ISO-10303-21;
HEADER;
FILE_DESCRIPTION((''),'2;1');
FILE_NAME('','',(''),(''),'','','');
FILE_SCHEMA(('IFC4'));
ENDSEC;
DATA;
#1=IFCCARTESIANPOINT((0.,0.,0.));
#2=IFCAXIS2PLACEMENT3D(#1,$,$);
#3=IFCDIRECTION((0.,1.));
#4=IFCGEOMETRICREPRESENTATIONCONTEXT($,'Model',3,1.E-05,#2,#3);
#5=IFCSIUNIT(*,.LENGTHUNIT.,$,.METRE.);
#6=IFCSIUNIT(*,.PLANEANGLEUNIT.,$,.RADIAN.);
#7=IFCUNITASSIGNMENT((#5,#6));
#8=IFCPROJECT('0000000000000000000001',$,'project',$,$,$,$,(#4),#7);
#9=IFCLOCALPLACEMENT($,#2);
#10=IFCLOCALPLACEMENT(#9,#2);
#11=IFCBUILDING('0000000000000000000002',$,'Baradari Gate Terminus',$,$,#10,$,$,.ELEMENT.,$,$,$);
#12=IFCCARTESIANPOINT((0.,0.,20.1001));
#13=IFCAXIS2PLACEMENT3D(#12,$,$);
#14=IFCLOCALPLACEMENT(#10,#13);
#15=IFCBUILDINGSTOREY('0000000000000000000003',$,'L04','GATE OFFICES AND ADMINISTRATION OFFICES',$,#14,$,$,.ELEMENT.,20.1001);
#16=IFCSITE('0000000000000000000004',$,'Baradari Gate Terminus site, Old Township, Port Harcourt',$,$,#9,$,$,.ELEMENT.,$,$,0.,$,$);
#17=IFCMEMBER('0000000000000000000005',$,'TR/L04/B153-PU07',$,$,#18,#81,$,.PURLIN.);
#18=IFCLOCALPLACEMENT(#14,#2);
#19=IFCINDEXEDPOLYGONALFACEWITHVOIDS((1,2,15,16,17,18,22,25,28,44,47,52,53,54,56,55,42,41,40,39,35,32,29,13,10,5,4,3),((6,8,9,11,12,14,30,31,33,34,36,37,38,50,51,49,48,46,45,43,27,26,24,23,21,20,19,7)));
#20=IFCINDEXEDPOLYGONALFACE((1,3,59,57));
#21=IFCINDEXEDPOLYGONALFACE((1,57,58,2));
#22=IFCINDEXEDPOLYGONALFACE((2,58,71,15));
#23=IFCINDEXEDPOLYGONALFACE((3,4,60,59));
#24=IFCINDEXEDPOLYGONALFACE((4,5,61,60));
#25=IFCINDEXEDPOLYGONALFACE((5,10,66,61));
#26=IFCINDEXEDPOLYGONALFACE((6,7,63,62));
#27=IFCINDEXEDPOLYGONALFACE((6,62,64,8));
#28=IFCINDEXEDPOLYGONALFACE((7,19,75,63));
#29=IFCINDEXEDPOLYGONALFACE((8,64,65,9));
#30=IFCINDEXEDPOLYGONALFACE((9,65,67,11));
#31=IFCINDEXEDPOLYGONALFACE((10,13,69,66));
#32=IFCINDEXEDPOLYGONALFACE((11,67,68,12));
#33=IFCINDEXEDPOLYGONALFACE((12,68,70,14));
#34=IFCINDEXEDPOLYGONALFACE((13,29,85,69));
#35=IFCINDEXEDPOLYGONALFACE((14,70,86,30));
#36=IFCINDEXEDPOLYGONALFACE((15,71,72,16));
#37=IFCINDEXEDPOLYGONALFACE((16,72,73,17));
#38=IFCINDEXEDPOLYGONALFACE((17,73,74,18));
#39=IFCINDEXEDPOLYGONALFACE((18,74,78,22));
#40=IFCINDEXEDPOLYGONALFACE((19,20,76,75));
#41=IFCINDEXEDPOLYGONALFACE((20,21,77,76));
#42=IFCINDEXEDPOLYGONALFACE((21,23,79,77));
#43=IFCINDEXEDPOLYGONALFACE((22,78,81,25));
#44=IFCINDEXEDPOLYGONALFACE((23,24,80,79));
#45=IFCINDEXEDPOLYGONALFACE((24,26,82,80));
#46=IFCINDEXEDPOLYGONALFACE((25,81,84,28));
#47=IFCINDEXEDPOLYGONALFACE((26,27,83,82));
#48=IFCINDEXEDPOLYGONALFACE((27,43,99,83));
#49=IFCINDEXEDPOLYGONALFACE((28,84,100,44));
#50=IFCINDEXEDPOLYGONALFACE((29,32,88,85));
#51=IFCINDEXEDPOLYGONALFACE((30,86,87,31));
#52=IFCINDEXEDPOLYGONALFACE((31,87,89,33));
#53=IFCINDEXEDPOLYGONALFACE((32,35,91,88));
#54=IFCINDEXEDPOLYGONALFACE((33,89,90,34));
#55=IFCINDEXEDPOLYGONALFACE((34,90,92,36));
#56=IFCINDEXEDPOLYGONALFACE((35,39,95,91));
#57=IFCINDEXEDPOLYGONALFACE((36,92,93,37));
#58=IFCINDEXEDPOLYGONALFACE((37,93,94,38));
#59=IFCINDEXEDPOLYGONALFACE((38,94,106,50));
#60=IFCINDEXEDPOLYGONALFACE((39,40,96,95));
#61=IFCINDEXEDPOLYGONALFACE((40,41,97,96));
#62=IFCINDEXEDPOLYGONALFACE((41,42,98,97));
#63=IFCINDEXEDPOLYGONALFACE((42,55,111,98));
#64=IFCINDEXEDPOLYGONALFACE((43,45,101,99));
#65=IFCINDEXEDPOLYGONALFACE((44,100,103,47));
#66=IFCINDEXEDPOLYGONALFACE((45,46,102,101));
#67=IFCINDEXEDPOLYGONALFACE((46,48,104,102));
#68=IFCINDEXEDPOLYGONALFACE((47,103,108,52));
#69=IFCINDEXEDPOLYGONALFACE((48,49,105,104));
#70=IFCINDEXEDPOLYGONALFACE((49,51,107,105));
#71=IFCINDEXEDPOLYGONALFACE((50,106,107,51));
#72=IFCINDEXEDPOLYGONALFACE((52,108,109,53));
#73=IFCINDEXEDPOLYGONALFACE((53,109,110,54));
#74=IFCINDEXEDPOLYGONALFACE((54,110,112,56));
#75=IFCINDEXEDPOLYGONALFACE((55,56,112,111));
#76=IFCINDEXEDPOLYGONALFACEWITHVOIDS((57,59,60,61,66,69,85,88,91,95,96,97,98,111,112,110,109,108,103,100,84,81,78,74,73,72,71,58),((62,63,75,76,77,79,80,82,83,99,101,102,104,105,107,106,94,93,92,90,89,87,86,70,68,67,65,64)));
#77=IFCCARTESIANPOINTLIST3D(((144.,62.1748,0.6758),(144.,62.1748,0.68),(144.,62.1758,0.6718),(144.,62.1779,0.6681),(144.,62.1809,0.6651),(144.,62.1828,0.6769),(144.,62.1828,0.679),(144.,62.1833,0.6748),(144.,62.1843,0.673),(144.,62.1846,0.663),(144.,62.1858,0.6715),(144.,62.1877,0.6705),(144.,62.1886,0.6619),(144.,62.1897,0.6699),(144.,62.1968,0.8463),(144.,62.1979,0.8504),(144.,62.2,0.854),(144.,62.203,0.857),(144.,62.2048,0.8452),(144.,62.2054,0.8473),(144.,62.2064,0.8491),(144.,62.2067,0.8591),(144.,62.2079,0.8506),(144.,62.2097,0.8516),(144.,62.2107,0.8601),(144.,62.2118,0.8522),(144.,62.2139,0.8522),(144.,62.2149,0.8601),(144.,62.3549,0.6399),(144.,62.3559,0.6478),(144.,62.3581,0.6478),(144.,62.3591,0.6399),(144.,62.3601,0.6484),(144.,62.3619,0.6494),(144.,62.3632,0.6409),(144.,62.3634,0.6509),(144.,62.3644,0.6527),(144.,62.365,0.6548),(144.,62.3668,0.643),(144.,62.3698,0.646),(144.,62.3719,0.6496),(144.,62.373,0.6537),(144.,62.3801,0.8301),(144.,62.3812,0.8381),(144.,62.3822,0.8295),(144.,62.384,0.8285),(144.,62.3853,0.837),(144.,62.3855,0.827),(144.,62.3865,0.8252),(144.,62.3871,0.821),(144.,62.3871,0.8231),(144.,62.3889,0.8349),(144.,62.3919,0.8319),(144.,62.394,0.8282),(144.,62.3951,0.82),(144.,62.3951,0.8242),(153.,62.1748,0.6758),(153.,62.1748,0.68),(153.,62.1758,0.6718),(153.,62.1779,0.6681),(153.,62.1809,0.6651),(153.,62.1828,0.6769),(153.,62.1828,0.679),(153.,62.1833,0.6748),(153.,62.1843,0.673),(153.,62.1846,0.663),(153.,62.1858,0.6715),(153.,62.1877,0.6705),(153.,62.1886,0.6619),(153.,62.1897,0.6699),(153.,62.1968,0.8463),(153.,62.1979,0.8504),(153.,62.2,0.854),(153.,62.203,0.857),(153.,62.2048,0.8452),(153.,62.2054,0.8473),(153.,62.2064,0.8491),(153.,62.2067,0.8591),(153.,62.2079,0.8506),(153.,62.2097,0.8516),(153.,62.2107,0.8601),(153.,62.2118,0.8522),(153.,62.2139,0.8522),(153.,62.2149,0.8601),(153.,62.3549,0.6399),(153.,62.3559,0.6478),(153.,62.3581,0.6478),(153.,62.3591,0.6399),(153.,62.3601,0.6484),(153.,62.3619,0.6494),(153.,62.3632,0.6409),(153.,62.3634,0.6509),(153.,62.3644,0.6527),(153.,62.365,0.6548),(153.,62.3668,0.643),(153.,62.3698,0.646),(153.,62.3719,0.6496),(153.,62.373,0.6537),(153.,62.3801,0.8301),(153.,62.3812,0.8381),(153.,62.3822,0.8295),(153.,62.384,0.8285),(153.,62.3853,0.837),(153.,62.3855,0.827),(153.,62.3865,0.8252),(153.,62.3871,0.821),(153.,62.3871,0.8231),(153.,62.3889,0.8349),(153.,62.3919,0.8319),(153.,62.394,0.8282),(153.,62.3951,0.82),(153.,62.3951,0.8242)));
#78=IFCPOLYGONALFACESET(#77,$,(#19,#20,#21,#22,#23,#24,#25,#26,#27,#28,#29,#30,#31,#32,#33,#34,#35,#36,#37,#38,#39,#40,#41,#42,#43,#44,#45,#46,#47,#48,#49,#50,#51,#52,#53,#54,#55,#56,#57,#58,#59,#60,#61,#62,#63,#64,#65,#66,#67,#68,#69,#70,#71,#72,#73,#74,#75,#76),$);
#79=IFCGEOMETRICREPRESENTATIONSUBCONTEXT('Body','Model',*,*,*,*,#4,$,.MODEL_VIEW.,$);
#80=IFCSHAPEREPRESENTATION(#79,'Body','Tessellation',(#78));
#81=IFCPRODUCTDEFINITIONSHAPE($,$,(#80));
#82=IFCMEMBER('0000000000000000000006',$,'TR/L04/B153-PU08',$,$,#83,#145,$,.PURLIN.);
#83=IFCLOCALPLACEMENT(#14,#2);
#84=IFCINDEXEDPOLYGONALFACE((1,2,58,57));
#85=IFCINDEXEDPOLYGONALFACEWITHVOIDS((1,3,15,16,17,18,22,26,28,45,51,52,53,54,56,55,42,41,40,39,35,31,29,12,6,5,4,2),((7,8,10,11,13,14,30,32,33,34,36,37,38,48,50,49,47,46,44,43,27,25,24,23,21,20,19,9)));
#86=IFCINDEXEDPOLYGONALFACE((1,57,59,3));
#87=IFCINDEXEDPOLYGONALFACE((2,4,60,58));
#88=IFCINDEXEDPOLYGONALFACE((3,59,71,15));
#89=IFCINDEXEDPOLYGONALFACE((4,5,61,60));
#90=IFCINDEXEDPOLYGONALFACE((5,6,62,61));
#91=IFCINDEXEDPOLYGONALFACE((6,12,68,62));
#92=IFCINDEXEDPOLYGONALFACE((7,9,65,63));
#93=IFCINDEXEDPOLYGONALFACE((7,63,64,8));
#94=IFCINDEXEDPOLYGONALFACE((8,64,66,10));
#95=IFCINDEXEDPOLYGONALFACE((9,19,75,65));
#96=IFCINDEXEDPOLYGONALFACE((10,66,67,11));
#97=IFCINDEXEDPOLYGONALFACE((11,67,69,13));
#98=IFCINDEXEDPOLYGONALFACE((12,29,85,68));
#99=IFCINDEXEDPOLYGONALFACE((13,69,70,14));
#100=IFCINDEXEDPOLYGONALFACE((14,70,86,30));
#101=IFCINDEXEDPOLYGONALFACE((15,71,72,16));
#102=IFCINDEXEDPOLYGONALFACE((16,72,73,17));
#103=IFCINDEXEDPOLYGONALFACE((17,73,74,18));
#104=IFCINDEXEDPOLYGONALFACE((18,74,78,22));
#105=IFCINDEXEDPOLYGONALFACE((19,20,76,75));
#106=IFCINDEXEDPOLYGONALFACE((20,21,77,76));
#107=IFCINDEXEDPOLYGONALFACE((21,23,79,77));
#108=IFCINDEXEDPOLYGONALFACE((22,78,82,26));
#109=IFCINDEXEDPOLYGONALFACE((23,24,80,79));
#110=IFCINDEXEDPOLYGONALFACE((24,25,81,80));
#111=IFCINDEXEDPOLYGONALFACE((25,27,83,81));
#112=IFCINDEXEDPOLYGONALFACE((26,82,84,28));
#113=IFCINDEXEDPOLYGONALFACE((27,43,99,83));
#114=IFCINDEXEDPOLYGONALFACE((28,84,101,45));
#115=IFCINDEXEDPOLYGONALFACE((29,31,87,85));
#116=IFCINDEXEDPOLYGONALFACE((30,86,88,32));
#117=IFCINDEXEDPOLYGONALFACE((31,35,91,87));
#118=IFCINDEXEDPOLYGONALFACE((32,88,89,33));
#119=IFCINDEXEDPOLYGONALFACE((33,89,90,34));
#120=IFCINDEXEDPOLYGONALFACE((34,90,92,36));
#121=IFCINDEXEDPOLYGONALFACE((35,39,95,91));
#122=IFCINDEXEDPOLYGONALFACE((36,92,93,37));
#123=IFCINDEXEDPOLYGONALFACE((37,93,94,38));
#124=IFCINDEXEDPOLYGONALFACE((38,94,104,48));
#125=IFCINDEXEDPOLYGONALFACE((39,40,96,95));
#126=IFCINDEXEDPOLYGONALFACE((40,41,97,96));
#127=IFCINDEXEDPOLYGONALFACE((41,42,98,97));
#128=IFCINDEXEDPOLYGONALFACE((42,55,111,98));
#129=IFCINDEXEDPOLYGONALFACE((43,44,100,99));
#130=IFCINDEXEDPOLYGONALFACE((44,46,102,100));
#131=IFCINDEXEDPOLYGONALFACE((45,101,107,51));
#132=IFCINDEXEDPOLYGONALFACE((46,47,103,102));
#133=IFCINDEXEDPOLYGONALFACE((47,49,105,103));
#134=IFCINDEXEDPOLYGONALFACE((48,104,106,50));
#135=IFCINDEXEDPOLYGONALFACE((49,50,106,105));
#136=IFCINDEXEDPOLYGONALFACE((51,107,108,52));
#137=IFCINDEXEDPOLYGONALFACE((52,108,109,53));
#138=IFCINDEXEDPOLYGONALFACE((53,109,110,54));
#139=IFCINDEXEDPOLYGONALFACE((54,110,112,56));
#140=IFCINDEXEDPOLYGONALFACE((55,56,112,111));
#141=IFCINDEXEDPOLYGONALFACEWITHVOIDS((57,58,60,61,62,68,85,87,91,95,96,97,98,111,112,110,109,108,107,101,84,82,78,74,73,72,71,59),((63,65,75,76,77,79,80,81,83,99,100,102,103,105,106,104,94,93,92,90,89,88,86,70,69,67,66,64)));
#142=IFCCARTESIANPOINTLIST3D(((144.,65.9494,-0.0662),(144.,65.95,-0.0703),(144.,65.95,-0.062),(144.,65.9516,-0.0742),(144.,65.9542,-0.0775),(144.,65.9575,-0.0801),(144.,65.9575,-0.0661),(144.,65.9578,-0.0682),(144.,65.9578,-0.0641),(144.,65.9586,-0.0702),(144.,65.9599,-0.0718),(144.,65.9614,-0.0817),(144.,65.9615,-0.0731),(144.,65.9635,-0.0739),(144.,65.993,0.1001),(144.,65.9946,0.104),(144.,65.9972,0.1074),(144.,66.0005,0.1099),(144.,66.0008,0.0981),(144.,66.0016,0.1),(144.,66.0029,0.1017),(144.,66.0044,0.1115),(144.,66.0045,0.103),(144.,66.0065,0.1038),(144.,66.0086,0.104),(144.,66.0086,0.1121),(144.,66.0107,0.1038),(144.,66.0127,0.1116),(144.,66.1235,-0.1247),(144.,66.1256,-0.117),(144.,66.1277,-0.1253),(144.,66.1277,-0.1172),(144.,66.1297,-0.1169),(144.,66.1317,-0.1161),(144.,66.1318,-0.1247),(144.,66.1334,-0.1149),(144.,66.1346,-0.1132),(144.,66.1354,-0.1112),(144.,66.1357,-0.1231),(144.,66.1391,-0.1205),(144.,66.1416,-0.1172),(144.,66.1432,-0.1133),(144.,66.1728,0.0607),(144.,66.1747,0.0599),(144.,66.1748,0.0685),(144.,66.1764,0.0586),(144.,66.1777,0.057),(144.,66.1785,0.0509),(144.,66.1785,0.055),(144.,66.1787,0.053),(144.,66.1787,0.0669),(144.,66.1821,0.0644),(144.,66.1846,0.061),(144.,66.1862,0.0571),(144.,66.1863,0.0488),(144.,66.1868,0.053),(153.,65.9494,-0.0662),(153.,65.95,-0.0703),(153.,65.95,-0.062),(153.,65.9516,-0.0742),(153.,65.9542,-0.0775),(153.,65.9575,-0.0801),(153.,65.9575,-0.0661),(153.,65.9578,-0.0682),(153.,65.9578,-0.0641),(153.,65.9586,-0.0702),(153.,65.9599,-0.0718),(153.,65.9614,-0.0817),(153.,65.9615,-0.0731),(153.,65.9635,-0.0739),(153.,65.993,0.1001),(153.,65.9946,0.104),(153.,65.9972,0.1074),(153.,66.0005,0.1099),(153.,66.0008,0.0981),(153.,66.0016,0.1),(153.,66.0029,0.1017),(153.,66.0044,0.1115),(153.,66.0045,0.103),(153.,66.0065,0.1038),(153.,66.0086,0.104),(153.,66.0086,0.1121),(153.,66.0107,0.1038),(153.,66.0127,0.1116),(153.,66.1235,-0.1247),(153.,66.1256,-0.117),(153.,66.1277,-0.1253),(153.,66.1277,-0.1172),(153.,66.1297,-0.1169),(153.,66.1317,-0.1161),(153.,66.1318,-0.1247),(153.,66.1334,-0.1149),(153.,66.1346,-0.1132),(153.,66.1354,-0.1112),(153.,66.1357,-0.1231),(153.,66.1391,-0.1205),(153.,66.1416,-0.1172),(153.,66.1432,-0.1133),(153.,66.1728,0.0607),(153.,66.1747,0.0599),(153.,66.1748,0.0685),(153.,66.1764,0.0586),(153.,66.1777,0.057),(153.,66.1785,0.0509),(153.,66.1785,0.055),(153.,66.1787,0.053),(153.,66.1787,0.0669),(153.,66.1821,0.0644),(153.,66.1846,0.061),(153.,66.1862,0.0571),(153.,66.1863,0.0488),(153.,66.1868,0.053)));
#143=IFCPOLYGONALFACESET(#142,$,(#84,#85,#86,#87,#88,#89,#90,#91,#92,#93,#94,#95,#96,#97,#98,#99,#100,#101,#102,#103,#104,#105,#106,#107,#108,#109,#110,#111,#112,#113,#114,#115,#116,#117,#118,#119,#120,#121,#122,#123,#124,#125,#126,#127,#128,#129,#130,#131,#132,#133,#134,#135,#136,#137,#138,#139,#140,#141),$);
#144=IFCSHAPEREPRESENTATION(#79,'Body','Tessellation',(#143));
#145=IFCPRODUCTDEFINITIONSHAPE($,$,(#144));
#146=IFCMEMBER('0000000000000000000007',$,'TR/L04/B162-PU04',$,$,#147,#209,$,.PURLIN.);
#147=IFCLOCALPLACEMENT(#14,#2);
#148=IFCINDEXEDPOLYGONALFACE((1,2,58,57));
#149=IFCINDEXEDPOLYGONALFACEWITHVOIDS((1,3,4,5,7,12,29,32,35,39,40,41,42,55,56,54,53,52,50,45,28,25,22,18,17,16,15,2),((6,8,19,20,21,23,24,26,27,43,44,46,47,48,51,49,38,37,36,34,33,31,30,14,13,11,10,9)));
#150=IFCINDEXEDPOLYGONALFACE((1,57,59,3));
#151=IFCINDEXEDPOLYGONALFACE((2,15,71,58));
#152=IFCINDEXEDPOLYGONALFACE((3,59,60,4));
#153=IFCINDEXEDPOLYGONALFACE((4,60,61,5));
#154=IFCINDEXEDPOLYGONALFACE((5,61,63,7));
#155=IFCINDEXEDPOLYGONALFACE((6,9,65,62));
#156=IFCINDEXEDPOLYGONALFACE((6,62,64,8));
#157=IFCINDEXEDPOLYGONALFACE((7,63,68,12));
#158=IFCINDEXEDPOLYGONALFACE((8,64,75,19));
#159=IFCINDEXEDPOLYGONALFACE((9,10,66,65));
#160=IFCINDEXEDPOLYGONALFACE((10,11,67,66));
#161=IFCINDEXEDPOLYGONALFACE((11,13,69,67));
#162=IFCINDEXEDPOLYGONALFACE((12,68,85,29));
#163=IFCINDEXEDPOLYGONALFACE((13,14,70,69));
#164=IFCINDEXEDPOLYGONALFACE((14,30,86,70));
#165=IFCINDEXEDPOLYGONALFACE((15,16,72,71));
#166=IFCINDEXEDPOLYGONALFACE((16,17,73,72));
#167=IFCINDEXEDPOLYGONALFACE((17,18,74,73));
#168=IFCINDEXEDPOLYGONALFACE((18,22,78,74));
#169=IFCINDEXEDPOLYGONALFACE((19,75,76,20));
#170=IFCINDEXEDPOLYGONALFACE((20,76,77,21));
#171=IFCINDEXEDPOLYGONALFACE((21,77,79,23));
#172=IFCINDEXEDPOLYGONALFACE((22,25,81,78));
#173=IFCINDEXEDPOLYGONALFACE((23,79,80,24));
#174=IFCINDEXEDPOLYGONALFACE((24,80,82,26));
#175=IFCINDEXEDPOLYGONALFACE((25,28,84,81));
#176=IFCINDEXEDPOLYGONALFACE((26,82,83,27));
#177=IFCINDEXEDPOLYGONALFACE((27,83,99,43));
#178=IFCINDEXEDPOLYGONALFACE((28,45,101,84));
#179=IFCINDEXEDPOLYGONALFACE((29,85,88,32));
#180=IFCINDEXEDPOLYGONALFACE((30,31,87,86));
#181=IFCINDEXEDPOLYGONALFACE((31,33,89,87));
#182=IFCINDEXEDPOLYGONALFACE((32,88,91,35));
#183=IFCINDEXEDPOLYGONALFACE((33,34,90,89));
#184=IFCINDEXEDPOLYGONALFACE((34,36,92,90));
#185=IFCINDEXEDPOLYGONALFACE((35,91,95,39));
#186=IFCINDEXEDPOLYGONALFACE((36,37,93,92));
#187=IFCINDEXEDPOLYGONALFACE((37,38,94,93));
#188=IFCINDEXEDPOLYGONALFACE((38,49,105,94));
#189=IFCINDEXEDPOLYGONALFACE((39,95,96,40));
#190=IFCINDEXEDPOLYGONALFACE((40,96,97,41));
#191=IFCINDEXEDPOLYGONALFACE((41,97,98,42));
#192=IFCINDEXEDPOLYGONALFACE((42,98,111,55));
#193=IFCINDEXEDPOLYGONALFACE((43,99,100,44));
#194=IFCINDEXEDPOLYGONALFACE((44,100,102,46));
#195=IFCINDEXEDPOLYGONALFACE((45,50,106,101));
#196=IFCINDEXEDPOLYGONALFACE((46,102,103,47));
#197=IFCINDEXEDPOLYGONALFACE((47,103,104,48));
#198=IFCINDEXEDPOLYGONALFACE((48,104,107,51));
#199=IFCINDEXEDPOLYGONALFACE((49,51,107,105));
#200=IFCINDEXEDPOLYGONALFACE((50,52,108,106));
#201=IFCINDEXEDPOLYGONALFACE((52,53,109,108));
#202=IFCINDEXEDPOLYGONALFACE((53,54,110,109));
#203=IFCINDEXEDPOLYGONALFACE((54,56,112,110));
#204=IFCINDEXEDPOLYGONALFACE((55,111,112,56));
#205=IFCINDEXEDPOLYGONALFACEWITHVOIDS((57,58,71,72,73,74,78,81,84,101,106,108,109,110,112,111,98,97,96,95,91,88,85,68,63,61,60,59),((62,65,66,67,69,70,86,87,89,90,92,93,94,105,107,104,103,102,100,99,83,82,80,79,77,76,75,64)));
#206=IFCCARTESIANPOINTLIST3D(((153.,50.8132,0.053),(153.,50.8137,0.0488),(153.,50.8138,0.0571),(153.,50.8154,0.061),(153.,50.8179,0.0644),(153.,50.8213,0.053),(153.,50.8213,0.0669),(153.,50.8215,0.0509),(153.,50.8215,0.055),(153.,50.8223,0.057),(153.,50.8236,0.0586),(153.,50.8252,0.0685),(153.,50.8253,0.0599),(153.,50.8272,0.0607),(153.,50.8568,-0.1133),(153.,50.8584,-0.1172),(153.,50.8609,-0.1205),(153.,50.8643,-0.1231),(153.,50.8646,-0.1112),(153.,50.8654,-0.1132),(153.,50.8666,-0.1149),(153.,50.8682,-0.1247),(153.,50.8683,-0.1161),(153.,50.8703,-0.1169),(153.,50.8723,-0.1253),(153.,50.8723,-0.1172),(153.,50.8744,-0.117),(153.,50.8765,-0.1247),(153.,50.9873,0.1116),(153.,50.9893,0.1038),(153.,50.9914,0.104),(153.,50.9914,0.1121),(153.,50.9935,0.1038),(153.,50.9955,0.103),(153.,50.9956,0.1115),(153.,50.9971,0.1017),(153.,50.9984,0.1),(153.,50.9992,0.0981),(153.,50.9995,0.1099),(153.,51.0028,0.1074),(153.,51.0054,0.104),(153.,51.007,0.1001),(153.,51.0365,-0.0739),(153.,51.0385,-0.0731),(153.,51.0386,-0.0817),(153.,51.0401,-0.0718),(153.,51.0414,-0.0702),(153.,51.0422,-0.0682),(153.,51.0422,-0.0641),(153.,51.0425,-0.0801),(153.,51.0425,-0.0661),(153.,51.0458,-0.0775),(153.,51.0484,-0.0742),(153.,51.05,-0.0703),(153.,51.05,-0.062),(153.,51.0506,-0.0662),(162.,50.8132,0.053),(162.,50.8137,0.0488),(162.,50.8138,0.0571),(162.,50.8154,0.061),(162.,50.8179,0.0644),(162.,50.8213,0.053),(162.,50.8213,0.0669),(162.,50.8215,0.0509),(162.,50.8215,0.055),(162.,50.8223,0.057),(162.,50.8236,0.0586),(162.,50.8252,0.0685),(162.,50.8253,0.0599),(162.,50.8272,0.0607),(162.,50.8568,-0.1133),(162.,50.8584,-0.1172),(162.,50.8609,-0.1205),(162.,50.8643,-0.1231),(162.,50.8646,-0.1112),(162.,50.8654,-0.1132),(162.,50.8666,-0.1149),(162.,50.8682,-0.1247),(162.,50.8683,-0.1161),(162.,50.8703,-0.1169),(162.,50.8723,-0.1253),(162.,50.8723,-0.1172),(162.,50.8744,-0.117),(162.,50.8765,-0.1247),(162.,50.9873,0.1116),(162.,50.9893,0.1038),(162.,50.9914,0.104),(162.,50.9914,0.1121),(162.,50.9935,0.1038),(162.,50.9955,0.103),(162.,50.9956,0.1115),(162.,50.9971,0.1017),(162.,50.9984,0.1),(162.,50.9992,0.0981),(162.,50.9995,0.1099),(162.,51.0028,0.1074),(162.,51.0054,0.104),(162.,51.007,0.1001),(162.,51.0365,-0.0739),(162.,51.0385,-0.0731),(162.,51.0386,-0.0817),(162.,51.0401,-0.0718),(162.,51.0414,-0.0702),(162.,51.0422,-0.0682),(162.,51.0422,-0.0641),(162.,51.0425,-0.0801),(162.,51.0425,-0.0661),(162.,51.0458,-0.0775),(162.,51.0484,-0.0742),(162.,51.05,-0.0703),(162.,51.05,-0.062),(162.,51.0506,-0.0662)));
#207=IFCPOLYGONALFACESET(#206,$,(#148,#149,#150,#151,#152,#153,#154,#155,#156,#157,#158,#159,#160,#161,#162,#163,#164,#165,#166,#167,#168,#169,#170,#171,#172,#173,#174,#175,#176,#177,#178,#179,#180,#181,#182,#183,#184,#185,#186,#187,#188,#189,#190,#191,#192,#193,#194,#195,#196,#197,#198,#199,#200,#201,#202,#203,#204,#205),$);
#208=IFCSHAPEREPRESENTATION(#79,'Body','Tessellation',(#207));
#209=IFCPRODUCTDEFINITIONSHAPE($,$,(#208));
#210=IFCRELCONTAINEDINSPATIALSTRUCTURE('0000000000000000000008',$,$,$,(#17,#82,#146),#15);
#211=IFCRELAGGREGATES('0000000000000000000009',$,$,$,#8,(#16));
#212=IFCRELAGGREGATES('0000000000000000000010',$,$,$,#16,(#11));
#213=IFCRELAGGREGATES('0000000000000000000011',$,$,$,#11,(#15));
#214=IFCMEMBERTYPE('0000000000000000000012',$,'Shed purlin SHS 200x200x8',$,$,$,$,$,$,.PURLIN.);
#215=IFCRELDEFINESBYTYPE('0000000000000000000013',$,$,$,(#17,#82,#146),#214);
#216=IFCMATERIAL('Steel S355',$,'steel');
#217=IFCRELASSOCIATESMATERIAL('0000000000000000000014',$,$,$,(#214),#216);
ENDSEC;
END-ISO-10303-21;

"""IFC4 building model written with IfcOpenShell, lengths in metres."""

from ifc_helpers import new_model, si_unit, direction, frame, origin, origin_2d, place, context, subcontext, project, spatial, hollow_rectangle, extrude, material, material_profile, profile_set, type_object, element, save


model = new_model("IFC4")

# Units and contexts
model_context = context("Model", 3, precision=1e-05, world=origin(), true_north=direction((0.0, 1.0)))
body_context = subcontext(model_context, "Body", "Model", "MODEL_VIEW")
ifc_project = project(units=[si_unit("LENGTHUNIT", "METRE"), si_unit("PLANEANGLEUNIT", "RADIAN")], contexts=[model_context])

# Site, building, storey
site_placement = place(None, origin())
site = spatial("IfcSite", under=ifc_project, at=site_placement, Name="Baradari Gate Terminus site, Old Township, Port Harcourt", CompositionType="ELEMENT", RefElevation=0.0)
building_placement = place(site_placement, origin())
building = spatial("IfcBuilding", under=site, at=building_placement, Name="Baradari Gate Terminus", CompositionType="ELEMENT")
storey_placement = place(building_placement, frame((0.0, 0.0, 20.1001)))
storey = spatial("IfcBuildingStorey", under=building, at=storey_placement, Name="L04", Description="GATE OFFICES AND ADMINISTRATION OFFICES", CompositionType="ELEMENT", Elevation=20.1001)

# Members
ifc_material_1 = material(Name="Steel S355", Category="steel")
ifc_material_profile_1 = material_profile(ifc_material_1, hollow_rectangle(XDim=0.2, YDim=0.2, WallThickness=0.0081, InnerFilletRadius=0.0081, OuterFilletRadius=0.0161, at=origin_2d()), Name="SHS 200x200x8")
ifc_profile_set_1 = profile_set([ifc_material_profile_1], Name="Steel S355")
member_type_1 = type_object("IfcMemberType", Name="Shed purlin SHS 200x200x8", PredefinedType="PURLIN", material=ifc_profile_set_1)
for number, where, z_axis, x_axis, name in (
    (1, (144.0, 62.2849, 0.75), (1.0, 0.0, 0.0), (0.0, 0.991303, -0.131599), "TR/L04/B153-PU07"),
    (2, (144.0, 66.0681, -0.0066), (1.0, 0.0, 0.0), (0.0, 0.9665, -0.256668), "TR/L04/B153-PU08"),
    (3, (153.0, 50.9319, -0.0066), (1.0, 0.0, 0.0), (0.0, 0.9665, 0.256668), "TR/L04/B162-PU04"),
):
    element("IfcMember", number, at=place(storey_placement, frame(where, z_axis=z_axis, x_axis=x_axis)), inside=storey, type_object=member_type_1, Name=name, PredefinedType="PURLIN", context=body_context, shape_type="SweptSolid", body=[
        extrude(hollow_rectangle(XDim=0.2, YDim=0.2, WallThickness=0.0081, InnerFilletRadius=0.0081, OuterFilletRadius=0.0161, at=origin_2d()), origin(), (0.0, 0.0, 1.0), 9.0),
    ])

save(model, "model.ifc")
